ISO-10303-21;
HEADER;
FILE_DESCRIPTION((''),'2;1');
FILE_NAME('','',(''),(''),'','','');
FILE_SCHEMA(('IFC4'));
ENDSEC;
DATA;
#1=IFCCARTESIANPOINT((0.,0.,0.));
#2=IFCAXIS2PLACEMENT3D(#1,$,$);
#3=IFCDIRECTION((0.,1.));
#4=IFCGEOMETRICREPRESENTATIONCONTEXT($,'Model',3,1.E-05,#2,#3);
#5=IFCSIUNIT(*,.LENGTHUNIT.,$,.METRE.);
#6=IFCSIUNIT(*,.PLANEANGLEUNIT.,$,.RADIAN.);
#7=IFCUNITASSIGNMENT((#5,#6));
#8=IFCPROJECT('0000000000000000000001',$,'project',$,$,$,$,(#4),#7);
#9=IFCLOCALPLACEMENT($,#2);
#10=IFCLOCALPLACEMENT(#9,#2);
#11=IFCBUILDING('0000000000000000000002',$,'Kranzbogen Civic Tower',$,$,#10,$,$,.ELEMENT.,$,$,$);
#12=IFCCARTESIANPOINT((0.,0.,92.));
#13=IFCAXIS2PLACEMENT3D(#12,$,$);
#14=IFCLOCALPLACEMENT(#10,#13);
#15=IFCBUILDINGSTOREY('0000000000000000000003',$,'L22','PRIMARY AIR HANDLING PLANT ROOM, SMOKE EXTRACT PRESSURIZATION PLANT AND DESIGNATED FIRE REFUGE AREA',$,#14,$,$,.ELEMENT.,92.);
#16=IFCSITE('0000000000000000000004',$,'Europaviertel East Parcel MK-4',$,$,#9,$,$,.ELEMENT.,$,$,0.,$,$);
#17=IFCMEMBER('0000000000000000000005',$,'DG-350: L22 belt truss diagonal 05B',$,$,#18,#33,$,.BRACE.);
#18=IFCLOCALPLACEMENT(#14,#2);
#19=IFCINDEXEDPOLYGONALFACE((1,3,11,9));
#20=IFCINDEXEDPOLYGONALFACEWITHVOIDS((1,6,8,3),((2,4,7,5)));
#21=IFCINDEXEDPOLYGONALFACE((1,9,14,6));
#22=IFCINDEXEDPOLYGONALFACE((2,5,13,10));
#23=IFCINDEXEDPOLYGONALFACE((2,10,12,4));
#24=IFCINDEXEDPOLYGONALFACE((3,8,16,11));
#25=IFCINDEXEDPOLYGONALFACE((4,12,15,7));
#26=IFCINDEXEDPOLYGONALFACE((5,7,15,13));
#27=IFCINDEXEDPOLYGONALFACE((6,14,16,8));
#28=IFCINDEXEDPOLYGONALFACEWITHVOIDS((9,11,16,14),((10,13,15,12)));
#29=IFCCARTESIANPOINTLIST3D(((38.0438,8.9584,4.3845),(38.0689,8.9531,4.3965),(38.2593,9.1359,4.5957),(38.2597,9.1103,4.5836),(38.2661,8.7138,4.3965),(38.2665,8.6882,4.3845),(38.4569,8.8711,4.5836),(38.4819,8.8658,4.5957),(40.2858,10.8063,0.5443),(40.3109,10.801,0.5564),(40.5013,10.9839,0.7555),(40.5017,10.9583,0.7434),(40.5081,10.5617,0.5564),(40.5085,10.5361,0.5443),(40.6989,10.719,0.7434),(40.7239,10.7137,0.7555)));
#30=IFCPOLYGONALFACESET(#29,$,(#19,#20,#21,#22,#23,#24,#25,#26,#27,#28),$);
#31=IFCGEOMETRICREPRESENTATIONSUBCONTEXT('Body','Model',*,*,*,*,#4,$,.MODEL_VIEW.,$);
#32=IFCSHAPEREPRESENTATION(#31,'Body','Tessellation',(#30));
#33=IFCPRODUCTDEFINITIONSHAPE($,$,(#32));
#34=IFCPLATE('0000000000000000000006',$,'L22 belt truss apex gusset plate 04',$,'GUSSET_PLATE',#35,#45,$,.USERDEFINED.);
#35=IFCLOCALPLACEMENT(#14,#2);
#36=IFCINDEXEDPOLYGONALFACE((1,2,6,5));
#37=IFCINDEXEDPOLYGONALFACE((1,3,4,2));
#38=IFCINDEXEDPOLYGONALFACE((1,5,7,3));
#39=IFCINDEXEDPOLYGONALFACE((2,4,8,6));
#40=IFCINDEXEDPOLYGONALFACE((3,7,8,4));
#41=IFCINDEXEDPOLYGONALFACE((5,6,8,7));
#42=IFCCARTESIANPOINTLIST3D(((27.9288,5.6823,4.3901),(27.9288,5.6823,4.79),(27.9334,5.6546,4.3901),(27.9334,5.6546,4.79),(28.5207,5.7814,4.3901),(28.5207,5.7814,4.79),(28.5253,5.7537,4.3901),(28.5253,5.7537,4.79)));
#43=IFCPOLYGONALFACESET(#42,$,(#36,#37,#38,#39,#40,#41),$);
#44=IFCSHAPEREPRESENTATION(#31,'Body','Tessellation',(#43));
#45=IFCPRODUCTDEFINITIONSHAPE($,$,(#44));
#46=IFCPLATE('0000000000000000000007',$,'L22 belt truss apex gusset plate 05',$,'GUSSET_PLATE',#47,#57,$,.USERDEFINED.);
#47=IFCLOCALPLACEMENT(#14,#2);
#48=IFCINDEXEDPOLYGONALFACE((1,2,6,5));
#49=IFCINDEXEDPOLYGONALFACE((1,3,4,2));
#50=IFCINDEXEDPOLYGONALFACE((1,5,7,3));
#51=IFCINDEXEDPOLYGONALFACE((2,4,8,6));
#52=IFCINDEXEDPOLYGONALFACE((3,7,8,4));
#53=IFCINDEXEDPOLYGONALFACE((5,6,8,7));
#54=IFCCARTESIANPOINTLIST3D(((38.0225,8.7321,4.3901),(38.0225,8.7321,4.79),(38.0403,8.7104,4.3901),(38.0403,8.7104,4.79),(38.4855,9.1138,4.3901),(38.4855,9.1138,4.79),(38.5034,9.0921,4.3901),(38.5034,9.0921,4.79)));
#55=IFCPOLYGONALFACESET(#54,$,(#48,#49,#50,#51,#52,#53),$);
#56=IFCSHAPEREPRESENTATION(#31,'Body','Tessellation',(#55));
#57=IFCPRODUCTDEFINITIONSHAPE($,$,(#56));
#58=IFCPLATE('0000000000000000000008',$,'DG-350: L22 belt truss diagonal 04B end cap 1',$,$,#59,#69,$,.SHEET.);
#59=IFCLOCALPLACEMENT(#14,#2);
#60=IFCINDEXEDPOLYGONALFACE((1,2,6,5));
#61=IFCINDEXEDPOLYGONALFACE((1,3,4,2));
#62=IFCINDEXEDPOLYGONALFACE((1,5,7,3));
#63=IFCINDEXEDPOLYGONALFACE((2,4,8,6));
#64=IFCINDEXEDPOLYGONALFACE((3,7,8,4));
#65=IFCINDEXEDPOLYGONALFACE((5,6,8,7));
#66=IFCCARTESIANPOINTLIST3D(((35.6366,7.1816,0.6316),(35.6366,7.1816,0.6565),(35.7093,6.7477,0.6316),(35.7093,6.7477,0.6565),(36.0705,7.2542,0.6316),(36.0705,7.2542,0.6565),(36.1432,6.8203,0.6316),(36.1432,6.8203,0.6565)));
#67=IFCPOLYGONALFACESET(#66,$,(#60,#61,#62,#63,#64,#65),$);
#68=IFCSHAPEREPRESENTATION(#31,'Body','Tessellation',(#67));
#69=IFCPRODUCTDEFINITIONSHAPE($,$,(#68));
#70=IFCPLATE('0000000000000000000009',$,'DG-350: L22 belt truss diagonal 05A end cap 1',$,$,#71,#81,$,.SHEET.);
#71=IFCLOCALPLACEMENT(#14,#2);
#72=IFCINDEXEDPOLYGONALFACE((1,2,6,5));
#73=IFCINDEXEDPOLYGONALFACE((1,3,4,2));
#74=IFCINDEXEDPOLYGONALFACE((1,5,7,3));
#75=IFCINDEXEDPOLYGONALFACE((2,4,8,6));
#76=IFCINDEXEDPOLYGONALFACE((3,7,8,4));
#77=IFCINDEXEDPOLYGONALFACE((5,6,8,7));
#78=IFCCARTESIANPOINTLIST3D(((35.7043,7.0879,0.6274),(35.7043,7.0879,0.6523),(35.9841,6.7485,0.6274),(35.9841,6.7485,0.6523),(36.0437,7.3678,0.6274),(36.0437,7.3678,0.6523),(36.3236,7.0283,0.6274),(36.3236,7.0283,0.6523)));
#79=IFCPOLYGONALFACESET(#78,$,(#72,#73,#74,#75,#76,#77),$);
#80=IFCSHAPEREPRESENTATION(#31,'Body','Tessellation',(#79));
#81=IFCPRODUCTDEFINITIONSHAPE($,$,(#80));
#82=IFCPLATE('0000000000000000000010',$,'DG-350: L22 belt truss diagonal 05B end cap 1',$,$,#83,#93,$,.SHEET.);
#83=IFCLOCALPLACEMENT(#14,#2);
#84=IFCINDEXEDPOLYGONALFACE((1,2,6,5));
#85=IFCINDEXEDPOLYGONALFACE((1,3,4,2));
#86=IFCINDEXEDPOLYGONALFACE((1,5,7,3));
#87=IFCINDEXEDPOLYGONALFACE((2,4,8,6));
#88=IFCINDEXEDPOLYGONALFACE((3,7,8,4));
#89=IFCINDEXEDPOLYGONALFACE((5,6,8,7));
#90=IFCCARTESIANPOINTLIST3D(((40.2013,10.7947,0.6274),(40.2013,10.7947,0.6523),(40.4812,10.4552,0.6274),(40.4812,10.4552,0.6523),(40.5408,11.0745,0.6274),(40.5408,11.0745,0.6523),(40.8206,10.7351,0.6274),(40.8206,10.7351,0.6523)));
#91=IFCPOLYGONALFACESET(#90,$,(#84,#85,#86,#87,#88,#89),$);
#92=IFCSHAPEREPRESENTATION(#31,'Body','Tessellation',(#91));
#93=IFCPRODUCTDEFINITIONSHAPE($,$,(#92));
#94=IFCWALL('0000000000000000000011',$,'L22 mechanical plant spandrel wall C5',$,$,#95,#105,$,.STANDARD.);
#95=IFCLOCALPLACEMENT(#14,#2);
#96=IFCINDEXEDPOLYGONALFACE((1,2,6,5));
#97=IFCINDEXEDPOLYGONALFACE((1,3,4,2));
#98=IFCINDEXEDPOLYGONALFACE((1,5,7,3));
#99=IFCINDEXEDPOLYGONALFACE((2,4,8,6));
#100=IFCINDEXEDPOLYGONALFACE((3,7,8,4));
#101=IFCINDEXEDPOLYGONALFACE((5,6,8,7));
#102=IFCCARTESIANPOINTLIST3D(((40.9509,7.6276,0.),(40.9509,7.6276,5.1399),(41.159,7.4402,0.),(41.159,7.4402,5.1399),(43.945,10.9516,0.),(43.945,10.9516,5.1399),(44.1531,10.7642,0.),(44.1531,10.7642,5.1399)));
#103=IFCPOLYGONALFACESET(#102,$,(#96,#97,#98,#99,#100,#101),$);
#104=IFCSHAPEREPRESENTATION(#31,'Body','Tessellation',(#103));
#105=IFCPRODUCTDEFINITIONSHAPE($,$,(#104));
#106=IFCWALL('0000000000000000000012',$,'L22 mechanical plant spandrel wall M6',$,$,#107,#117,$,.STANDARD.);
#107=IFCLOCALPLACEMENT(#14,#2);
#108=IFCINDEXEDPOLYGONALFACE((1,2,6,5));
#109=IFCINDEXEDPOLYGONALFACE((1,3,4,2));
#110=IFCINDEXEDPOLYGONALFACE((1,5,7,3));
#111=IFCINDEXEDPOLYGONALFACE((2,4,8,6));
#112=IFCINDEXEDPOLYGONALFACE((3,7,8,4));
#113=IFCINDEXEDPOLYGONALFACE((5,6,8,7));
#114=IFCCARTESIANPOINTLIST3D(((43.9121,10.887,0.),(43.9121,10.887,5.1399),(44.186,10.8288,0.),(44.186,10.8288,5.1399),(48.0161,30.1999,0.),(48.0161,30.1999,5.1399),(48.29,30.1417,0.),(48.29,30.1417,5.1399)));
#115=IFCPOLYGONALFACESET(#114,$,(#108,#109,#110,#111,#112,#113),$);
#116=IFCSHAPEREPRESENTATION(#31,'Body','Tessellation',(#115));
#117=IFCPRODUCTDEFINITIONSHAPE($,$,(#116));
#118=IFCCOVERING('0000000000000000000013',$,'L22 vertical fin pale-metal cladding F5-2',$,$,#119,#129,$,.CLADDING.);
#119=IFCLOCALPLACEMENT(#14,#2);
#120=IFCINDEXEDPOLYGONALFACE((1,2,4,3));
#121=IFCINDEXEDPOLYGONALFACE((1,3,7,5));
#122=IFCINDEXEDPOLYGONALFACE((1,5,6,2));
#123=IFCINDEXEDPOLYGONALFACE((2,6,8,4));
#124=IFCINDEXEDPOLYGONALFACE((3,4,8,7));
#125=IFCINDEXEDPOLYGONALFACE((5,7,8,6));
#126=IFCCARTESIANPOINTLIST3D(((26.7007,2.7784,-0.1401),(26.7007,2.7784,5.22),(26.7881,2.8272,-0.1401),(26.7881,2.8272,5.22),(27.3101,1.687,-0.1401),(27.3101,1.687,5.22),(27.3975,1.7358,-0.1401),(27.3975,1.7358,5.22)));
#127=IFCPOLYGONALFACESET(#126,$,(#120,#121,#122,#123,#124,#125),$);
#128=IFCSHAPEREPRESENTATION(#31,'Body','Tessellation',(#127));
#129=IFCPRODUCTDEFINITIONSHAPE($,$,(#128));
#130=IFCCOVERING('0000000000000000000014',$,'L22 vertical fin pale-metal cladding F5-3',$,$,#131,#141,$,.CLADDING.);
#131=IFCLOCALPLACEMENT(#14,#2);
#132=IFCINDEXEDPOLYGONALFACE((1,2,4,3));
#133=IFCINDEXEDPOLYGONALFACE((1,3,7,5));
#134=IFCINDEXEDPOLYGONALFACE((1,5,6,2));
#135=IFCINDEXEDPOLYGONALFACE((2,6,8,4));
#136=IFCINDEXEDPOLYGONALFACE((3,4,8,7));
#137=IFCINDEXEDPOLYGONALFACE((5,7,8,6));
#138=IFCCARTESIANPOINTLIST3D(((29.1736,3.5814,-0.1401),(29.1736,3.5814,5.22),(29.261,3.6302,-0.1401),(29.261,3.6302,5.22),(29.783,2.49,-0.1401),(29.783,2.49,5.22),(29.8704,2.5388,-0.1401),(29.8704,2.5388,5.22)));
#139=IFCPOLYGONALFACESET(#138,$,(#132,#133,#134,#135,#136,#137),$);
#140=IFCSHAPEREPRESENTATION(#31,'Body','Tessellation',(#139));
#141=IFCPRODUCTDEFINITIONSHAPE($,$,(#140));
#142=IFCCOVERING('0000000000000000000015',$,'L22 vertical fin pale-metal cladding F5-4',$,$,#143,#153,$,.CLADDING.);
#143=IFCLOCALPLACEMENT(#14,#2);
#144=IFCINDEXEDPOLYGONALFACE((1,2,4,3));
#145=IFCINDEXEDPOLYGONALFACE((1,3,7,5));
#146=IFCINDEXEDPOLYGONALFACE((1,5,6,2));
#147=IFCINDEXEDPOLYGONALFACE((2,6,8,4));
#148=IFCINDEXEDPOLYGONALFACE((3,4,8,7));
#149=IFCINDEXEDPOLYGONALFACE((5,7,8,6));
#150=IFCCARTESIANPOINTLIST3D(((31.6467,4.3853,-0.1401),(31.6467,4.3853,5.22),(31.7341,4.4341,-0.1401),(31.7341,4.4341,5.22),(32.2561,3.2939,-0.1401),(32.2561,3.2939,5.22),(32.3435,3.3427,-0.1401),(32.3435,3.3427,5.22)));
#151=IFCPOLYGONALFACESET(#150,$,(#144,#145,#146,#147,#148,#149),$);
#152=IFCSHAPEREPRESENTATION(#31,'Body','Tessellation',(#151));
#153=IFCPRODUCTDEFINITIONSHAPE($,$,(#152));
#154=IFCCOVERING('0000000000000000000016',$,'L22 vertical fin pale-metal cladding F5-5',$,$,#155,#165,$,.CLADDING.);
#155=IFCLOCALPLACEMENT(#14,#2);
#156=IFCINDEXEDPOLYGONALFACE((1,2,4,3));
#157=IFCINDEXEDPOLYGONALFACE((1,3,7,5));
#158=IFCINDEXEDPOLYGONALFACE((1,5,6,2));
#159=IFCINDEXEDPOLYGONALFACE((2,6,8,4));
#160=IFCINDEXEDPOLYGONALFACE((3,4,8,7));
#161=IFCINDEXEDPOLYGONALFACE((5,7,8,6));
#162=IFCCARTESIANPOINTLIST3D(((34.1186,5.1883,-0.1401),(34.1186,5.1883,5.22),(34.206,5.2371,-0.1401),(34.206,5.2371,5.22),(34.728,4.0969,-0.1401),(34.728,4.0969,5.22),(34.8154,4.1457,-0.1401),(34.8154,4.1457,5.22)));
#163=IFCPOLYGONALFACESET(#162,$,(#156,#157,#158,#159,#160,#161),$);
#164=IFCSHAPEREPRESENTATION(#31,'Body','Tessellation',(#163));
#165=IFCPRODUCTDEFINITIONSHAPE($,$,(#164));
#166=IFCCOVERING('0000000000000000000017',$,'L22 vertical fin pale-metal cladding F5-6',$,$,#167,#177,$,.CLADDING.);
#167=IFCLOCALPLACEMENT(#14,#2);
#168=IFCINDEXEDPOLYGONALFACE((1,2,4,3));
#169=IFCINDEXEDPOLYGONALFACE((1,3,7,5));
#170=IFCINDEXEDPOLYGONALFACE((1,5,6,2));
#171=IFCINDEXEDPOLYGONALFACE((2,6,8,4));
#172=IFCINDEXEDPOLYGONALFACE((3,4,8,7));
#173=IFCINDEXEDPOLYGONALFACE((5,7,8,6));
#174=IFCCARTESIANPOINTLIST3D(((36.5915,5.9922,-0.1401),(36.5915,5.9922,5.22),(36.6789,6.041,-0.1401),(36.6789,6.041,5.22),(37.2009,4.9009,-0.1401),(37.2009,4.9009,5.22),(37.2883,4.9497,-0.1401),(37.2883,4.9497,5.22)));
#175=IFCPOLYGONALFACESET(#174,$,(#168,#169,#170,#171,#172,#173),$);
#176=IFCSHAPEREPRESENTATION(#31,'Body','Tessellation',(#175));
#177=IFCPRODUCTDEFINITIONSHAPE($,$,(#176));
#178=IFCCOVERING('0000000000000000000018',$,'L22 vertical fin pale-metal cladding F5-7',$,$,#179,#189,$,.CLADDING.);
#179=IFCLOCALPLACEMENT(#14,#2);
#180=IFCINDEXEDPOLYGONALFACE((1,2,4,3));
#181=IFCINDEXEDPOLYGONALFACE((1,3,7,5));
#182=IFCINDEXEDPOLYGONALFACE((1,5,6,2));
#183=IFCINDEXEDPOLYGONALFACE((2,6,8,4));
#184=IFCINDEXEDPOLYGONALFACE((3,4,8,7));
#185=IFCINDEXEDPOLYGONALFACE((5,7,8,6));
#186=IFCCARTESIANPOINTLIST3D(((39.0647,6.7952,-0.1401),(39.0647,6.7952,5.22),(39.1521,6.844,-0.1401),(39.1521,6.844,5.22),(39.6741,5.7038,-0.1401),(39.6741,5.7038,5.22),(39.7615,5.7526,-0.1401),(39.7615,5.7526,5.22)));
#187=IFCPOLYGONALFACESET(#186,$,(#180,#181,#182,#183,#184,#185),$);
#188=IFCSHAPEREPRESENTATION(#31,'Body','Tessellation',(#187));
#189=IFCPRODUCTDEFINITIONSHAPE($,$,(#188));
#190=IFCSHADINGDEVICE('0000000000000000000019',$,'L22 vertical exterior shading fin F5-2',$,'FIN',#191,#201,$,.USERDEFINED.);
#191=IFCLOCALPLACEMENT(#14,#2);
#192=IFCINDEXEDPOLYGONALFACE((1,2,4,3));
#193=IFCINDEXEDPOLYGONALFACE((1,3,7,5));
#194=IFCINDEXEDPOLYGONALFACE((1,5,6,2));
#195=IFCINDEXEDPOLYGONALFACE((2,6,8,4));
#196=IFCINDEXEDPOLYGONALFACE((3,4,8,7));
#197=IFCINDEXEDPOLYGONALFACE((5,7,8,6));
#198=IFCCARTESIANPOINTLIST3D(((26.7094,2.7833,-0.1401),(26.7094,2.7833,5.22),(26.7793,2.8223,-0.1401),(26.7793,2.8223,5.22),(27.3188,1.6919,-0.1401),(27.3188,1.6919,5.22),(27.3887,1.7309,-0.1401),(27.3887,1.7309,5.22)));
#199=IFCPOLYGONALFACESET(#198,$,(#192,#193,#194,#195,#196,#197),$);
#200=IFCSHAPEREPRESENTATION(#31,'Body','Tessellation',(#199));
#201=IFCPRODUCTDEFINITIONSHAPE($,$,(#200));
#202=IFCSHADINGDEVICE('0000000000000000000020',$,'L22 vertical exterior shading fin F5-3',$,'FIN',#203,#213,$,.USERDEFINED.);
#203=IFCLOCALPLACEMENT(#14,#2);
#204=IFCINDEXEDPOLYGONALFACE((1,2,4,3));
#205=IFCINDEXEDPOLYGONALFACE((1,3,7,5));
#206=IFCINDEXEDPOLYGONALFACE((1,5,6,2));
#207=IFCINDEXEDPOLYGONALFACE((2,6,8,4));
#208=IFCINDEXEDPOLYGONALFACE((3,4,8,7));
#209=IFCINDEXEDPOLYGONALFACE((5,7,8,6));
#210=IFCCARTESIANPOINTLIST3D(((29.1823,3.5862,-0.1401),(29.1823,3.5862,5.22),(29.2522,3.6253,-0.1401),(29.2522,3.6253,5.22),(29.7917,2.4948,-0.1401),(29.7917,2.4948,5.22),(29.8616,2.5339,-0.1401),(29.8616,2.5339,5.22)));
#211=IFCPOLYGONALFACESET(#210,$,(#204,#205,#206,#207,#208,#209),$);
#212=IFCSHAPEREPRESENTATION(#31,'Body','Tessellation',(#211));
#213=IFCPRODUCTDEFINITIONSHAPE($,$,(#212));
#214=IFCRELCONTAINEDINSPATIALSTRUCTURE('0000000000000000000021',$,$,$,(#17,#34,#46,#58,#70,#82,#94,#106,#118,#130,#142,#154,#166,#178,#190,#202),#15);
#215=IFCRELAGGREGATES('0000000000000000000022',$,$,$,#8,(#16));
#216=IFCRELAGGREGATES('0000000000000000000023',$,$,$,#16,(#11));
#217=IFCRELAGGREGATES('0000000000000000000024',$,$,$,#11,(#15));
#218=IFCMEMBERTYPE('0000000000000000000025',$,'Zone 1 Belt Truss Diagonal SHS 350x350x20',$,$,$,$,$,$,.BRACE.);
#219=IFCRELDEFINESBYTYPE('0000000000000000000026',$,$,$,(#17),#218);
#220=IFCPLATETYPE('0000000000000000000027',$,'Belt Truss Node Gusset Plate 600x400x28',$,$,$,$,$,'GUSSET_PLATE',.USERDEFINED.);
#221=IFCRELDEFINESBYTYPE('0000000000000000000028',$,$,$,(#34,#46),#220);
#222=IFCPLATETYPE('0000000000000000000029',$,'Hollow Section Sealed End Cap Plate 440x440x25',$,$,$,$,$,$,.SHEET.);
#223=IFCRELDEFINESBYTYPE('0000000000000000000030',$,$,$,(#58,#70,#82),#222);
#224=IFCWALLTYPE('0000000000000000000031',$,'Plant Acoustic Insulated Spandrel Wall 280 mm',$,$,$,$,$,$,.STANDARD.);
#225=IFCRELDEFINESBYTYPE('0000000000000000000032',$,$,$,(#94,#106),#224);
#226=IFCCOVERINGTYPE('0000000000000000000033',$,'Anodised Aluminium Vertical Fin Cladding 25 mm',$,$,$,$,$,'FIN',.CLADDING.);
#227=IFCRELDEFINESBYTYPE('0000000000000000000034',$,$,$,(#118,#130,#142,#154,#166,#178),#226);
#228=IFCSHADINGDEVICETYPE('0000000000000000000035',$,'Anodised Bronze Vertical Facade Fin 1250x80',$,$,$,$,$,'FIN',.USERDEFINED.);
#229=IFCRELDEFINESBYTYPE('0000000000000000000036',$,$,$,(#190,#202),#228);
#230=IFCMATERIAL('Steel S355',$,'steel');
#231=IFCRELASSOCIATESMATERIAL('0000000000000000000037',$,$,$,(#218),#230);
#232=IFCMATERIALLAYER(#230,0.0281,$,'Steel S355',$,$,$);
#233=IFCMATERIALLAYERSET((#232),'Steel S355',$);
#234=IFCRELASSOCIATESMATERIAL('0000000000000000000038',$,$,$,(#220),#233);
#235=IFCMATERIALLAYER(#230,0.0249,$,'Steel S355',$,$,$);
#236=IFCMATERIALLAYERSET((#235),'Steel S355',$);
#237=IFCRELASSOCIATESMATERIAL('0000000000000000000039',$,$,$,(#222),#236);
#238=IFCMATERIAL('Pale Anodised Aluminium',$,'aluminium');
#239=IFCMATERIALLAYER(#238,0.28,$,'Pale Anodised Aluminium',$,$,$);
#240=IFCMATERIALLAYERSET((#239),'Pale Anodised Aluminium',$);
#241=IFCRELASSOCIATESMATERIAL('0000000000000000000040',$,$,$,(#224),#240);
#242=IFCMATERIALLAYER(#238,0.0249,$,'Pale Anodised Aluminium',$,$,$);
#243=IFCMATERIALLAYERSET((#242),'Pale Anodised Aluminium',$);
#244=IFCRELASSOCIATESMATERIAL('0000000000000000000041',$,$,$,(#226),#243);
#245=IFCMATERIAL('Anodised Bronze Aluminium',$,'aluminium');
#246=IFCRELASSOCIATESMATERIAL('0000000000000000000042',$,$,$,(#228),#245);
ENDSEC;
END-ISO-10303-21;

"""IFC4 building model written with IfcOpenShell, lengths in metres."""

from ifc_helpers import new_model, si_unit, direction, frame, frame_2d, origin, origin_2d, place, context, subcontext, project, spatial, rectangle, hollow_rectangle, extrude, material, layer, layer_set, material_profile, profile_set, type_object, element, save


model = new_model("IFC4")

# Units and contexts
model_context = context("Model", 3, precision=1e-05, world=origin(), true_north=direction((0.0, 1.0)))
body_context = subcontext(model_context, "Body", "Model", "MODEL_VIEW")
ifc_project = project(units=[si_unit("LENGTHUNIT", "METRE"), si_unit("PLANEANGLEUNIT", "RADIAN")], contexts=[model_context])

# Site, building, storey
site_placement = place(None, origin())
site = spatial("IfcSite", under=ifc_project, at=site_placement, Name="Europaviertel East Parcel MK-4", CompositionType="ELEMENT", RefElevation=0.0)
building_placement = place(site_placement, origin())
building = spatial("IfcBuilding", under=site, at=building_placement, Name="Kranzbogen Civic Tower", CompositionType="ELEMENT")
storey_placement = place(building_placement, frame((0.0, 0.0, 92.0)))
storey = spatial("IfcBuildingStorey", under=building, at=storey_placement, Name="L22", Description="PRIMARY AIR HANDLING PLANT ROOM, SMOKE EXTRACT PRESSURIZATION PLANT AND DESIGNATED FIRE REFUGE AREA", CompositionType="ELEMENT", Elevation=92.0)

# Shared definitions
ifc_material_1 = material(Name="Steel S355", Category="steel")

# Member
ifc_material_profile_1 = material_profile(ifc_material_1, hollow_rectangle(XDim=0.3501, YDim=0.3501, WallThickness=0.02, at=origin_2d()), Name="SHS 350x350x20")
ifc_profile_set_1 = profile_set([ifc_material_profile_1], Name="Steel S355")
member_type_1 = type_object("IfcMemberType", Name="Zone 1 Belt Truss Diagonal SHS 350x350x20", PredefinedType="BRACE", material=ifc_profile_set_1)
member_1_placement = place(storey_placement, frame((40.5049, 10.76, 0.6499), z_axis=(-0.465585, -0.383754, 0.797473), x_axis=(0.636034, -0.771661, 0.0)))
element("IfcMember", 1, at=member_1_placement, inside=storey, type_object=member_type_1, Name="DG-350: L22 belt truss diagonal 05B", PredefinedType="BRACE", context=body_context, shape_type="SweptSolid", body=[
    extrude(hollow_rectangle(XDim=0.3501, YDim=0.3501, WallThickness=0.02, at=origin_2d()), origin(), (0.0, 0.0, 1.0), 4.8154),
])

# Plates
ifc_layer_1 = layer(ifc_material_1, 0.0281, Name="Steel S355")
ifc_layer_set_1 = layer_set([ifc_layer_1], Name="Steel S355")
plate_type_1 = type_object("IfcPlateType", Name="Belt Truss Node Gusset Plate 600x400x28", ElementType="GUSSET_PLATE", PredefinedType="USERDEFINED", material=ifc_layer_set_1)
for number, where, z_axis, x_axis, name in (
    (2, (28.2271, 5.718, 4.3901), (0.0, 0.0, 1.0), (0.986283, 0.165065, 0.0), "L22 belt truss apex gusset plate 04"),
    (3, (38.2629, 8.9121, 4.3901), (0.0, 0.0, 1.0), (0.771658, 0.636038, 0.0), "L22 belt truss apex gusset plate 05"),
):
    element("IfcPlate", number, at=place(storey_placement, frame(where, z_axis=z_axis, x_axis=x_axis)), inside=storey, type_object=plate_type_1, Name=name, ObjectType="GUSSET_PLATE", PredefinedType="USERDEFINED", context=body_context, shape_type="SweptSolid", body=[
        extrude(rectangle(XDim=0.6001, YDim=0.0281, at=origin_2d()), origin(), (0.0, 0.0, 1.0), 0.3999),
    ])
ifc_layer_2 = layer(ifc_material_1, 0.0249, Name="Steel S355")
ifc_layer_set_2 = layer_set([ifc_layer_2], Name="Steel S355")
plate_type_2 = type_object("IfcPlateType", Name="Hollow Section Sealed End Cap Plate 440x440x25", PredefinedType="SHEET", material=ifc_layer_set_2)
for number, where, z_axis, x_axis, name in (
    (4, (35.8899, 7.001, 0.6316), (0.0, 0.0, 1.0), (-0.986274, -0.165116, 0.0), "DG-350: L22 belt truss diagonal 04B end cap 1"),
    (5, (36.0139, 7.0581, 0.6274), (0.0, 0.0, 1.0), (0.771625, 0.636078, 0.0), "DG-350: L22 belt truss diagonal 05A end cap 1"),
    (6, (40.511, 10.7649, 0.6274), (0.0, 0.0, 1.0), (-0.771647, -0.636051, 0.0), "DG-350: L22 belt truss diagonal 05B end cap 1"),
):
    element("IfcPlate", number, at=place(storey_placement, frame(where, z_axis=z_axis, x_axis=x_axis)), inside=storey, type_object=plate_type_2, Name=name, PredefinedType="SHEET", context=body_context, shape_type="SweptSolid", body=[
        extrude(rectangle(XDim=0.4399, YDim=0.4399, at=origin_2d()), origin(), (0.0, 0.0, 1.0), 0.0249),
    ])

# Walls
ifc_material_2 = material(Name="Pale Anodised Aluminium", Category="aluminium")
ifc_layer_3 = layer(ifc_material_2, 0.28, Name="Pale Anodised Aluminium")
ifc_layer_set_3 = layer_set([ifc_layer_3], Name="Pale Anodised Aluminium")
wall_type = type_object("IfcWallType", Name="Plant Acoustic Insulated Spandrel Wall 280 mm", PredefinedType="STANDARD", material=ifc_layer_set_3)
wall_1_placement = place(storey_placement, frame((41.0549, 7.5339, 0.0), z_axis=(0.0, 0.0, 1.0), x_axis=(0.669281, 0.743009, 0.0)))
element("IfcWall", 7, at=wall_1_placement, inside=storey, type_object=wall_type, Name="L22 mechanical plant spandrel wall C5", PredefinedType="STANDARD", context=body_context, shape_type="SweptSolid", body=[
    extrude(rectangle(XDim=4.4736, YDim=0.28, at=frame_2d((2.2368, 0.0))), origin(), (0.0, 0.0, 1.0), 5.1399),
])
wall_2_placement = place(storey_placement, frame((44.0491, 10.8579, 0.0), z_axis=(0.0, 0.0, 1.0), x_axis=(0.207858, 0.978159, 0.0)))
element("IfcWall", 8, at=wall_2_placement, inside=storey, type_object=wall_type, Name="L22 mechanical plant spandrel wall M6", PredefinedType="STANDARD", context=body_context, shape_type="SweptSolid", body=[
    extrude(rectangle(XDim=19.7441, YDim=0.28, at=frame_2d((9.8721, 0.0))), origin(), (0.0, 0.0, 1.0), 5.1399),
])

# Coverings
ifc_layer_4 = layer(ifc_material_2, 0.0249, Name="Pale Anodised Aluminium")
ifc_layer_set_4 = layer_set([ifc_layer_4], Name="Pale Anodised Aluminium")
covering_type = type_object("IfcCoveringType", Name="Anodised Aluminium Vertical Fin Cladding 25 mm", ElementType="FIN", PredefinedType="CLADDING", material=ifc_layer_set_4)
for number, where, z_axis, x_axis, name in (
    (9, (27.0491, 2.2571, -0.1401), (0.0, 0.0, 1.0), (0.487524, -0.873109, 0.0), "L22 vertical fin pale-metal cladding F5-2"),
    (10, (29.522, 3.0601, -0.1401), (0.0, 0.0, 1.0), (0.487524, -0.873109, 0.0), "L22 vertical fin pale-metal cladding F5-3"),
    (11, (31.9951, 3.864, -0.1401), (0.0, 0.0, 1.0), (0.487524, -0.873109, 0.0), "L22 vertical fin pale-metal cladding F5-4"),
    (12, (34.467, 4.667, -0.1401), (0.0, 0.0, 1.0), (0.487524, -0.873109, 0.0), "L22 vertical fin pale-metal cladding F5-5"),
    (13, (36.9399, 5.4709, -0.1401), (0.0, 0.0, 1.0), (0.487524, -0.873109, 0.0), "L22 vertical fin pale-metal cladding F5-6"),
    (14, (39.4131, 6.2739, -0.1401), (0.0, 0.0, 1.0), (0.487524, -0.873109, 0.0), "L22 vertical fin pale-metal cladding F5-7"),
):
    element("IfcCovering", number, at=place(storey_placement, frame(where, z_axis=z_axis, x_axis=x_axis)), inside=storey, type_object=covering_type, Name=name, PredefinedType="CLADDING", context=body_context, shape_type="SweptSolid", body=[
        extrude(rectangle(XDim=1.25, YDim=0.1001, at=origin_2d()), origin(), (0.0, 0.0, 1.0), 5.3601),
    ])

# Shading devices
ifc_material_3 = material(Name="Anodised Bronze Aluminium", Category="aluminium")
shading_device_type_1 = type_object("IfcShadingDeviceType", Name="Anodised Bronze Vertical Facade Fin 1250x80", ElementType="FIN", PredefinedType="USERDEFINED", material=ifc_material_3)
for number, where, z_axis, x_axis, name in (
    (15, (27.0491, 2.2571, -0.1401), (0.0, 0.0, 1.0), (0.487524, -0.873109, 0.0), "L22 vertical exterior shading fin F5-2"),
    (16, (29.522, 3.0601, -0.1401), (0.0, 0.0, 1.0), (0.487524, -0.873109, 0.0), "L22 vertical exterior shading fin F5-3"),
):
    element("IfcShadingDevice", number, at=place(storey_placement, frame(where, z_axis=z_axis, x_axis=x_axis)), inside=storey, type_object=shading_device_type_1, Name=name, ObjectType="FIN", PredefinedType="USERDEFINED", context=body_context, shape_type="SweptSolid", body=[
        extrude(rectangle(XDim=1.25, YDim=0.0801, at=origin_2d()), origin(), (0.0, 0.0, 1.0), 5.3601),
    ])

save(model, "model.ifc")
